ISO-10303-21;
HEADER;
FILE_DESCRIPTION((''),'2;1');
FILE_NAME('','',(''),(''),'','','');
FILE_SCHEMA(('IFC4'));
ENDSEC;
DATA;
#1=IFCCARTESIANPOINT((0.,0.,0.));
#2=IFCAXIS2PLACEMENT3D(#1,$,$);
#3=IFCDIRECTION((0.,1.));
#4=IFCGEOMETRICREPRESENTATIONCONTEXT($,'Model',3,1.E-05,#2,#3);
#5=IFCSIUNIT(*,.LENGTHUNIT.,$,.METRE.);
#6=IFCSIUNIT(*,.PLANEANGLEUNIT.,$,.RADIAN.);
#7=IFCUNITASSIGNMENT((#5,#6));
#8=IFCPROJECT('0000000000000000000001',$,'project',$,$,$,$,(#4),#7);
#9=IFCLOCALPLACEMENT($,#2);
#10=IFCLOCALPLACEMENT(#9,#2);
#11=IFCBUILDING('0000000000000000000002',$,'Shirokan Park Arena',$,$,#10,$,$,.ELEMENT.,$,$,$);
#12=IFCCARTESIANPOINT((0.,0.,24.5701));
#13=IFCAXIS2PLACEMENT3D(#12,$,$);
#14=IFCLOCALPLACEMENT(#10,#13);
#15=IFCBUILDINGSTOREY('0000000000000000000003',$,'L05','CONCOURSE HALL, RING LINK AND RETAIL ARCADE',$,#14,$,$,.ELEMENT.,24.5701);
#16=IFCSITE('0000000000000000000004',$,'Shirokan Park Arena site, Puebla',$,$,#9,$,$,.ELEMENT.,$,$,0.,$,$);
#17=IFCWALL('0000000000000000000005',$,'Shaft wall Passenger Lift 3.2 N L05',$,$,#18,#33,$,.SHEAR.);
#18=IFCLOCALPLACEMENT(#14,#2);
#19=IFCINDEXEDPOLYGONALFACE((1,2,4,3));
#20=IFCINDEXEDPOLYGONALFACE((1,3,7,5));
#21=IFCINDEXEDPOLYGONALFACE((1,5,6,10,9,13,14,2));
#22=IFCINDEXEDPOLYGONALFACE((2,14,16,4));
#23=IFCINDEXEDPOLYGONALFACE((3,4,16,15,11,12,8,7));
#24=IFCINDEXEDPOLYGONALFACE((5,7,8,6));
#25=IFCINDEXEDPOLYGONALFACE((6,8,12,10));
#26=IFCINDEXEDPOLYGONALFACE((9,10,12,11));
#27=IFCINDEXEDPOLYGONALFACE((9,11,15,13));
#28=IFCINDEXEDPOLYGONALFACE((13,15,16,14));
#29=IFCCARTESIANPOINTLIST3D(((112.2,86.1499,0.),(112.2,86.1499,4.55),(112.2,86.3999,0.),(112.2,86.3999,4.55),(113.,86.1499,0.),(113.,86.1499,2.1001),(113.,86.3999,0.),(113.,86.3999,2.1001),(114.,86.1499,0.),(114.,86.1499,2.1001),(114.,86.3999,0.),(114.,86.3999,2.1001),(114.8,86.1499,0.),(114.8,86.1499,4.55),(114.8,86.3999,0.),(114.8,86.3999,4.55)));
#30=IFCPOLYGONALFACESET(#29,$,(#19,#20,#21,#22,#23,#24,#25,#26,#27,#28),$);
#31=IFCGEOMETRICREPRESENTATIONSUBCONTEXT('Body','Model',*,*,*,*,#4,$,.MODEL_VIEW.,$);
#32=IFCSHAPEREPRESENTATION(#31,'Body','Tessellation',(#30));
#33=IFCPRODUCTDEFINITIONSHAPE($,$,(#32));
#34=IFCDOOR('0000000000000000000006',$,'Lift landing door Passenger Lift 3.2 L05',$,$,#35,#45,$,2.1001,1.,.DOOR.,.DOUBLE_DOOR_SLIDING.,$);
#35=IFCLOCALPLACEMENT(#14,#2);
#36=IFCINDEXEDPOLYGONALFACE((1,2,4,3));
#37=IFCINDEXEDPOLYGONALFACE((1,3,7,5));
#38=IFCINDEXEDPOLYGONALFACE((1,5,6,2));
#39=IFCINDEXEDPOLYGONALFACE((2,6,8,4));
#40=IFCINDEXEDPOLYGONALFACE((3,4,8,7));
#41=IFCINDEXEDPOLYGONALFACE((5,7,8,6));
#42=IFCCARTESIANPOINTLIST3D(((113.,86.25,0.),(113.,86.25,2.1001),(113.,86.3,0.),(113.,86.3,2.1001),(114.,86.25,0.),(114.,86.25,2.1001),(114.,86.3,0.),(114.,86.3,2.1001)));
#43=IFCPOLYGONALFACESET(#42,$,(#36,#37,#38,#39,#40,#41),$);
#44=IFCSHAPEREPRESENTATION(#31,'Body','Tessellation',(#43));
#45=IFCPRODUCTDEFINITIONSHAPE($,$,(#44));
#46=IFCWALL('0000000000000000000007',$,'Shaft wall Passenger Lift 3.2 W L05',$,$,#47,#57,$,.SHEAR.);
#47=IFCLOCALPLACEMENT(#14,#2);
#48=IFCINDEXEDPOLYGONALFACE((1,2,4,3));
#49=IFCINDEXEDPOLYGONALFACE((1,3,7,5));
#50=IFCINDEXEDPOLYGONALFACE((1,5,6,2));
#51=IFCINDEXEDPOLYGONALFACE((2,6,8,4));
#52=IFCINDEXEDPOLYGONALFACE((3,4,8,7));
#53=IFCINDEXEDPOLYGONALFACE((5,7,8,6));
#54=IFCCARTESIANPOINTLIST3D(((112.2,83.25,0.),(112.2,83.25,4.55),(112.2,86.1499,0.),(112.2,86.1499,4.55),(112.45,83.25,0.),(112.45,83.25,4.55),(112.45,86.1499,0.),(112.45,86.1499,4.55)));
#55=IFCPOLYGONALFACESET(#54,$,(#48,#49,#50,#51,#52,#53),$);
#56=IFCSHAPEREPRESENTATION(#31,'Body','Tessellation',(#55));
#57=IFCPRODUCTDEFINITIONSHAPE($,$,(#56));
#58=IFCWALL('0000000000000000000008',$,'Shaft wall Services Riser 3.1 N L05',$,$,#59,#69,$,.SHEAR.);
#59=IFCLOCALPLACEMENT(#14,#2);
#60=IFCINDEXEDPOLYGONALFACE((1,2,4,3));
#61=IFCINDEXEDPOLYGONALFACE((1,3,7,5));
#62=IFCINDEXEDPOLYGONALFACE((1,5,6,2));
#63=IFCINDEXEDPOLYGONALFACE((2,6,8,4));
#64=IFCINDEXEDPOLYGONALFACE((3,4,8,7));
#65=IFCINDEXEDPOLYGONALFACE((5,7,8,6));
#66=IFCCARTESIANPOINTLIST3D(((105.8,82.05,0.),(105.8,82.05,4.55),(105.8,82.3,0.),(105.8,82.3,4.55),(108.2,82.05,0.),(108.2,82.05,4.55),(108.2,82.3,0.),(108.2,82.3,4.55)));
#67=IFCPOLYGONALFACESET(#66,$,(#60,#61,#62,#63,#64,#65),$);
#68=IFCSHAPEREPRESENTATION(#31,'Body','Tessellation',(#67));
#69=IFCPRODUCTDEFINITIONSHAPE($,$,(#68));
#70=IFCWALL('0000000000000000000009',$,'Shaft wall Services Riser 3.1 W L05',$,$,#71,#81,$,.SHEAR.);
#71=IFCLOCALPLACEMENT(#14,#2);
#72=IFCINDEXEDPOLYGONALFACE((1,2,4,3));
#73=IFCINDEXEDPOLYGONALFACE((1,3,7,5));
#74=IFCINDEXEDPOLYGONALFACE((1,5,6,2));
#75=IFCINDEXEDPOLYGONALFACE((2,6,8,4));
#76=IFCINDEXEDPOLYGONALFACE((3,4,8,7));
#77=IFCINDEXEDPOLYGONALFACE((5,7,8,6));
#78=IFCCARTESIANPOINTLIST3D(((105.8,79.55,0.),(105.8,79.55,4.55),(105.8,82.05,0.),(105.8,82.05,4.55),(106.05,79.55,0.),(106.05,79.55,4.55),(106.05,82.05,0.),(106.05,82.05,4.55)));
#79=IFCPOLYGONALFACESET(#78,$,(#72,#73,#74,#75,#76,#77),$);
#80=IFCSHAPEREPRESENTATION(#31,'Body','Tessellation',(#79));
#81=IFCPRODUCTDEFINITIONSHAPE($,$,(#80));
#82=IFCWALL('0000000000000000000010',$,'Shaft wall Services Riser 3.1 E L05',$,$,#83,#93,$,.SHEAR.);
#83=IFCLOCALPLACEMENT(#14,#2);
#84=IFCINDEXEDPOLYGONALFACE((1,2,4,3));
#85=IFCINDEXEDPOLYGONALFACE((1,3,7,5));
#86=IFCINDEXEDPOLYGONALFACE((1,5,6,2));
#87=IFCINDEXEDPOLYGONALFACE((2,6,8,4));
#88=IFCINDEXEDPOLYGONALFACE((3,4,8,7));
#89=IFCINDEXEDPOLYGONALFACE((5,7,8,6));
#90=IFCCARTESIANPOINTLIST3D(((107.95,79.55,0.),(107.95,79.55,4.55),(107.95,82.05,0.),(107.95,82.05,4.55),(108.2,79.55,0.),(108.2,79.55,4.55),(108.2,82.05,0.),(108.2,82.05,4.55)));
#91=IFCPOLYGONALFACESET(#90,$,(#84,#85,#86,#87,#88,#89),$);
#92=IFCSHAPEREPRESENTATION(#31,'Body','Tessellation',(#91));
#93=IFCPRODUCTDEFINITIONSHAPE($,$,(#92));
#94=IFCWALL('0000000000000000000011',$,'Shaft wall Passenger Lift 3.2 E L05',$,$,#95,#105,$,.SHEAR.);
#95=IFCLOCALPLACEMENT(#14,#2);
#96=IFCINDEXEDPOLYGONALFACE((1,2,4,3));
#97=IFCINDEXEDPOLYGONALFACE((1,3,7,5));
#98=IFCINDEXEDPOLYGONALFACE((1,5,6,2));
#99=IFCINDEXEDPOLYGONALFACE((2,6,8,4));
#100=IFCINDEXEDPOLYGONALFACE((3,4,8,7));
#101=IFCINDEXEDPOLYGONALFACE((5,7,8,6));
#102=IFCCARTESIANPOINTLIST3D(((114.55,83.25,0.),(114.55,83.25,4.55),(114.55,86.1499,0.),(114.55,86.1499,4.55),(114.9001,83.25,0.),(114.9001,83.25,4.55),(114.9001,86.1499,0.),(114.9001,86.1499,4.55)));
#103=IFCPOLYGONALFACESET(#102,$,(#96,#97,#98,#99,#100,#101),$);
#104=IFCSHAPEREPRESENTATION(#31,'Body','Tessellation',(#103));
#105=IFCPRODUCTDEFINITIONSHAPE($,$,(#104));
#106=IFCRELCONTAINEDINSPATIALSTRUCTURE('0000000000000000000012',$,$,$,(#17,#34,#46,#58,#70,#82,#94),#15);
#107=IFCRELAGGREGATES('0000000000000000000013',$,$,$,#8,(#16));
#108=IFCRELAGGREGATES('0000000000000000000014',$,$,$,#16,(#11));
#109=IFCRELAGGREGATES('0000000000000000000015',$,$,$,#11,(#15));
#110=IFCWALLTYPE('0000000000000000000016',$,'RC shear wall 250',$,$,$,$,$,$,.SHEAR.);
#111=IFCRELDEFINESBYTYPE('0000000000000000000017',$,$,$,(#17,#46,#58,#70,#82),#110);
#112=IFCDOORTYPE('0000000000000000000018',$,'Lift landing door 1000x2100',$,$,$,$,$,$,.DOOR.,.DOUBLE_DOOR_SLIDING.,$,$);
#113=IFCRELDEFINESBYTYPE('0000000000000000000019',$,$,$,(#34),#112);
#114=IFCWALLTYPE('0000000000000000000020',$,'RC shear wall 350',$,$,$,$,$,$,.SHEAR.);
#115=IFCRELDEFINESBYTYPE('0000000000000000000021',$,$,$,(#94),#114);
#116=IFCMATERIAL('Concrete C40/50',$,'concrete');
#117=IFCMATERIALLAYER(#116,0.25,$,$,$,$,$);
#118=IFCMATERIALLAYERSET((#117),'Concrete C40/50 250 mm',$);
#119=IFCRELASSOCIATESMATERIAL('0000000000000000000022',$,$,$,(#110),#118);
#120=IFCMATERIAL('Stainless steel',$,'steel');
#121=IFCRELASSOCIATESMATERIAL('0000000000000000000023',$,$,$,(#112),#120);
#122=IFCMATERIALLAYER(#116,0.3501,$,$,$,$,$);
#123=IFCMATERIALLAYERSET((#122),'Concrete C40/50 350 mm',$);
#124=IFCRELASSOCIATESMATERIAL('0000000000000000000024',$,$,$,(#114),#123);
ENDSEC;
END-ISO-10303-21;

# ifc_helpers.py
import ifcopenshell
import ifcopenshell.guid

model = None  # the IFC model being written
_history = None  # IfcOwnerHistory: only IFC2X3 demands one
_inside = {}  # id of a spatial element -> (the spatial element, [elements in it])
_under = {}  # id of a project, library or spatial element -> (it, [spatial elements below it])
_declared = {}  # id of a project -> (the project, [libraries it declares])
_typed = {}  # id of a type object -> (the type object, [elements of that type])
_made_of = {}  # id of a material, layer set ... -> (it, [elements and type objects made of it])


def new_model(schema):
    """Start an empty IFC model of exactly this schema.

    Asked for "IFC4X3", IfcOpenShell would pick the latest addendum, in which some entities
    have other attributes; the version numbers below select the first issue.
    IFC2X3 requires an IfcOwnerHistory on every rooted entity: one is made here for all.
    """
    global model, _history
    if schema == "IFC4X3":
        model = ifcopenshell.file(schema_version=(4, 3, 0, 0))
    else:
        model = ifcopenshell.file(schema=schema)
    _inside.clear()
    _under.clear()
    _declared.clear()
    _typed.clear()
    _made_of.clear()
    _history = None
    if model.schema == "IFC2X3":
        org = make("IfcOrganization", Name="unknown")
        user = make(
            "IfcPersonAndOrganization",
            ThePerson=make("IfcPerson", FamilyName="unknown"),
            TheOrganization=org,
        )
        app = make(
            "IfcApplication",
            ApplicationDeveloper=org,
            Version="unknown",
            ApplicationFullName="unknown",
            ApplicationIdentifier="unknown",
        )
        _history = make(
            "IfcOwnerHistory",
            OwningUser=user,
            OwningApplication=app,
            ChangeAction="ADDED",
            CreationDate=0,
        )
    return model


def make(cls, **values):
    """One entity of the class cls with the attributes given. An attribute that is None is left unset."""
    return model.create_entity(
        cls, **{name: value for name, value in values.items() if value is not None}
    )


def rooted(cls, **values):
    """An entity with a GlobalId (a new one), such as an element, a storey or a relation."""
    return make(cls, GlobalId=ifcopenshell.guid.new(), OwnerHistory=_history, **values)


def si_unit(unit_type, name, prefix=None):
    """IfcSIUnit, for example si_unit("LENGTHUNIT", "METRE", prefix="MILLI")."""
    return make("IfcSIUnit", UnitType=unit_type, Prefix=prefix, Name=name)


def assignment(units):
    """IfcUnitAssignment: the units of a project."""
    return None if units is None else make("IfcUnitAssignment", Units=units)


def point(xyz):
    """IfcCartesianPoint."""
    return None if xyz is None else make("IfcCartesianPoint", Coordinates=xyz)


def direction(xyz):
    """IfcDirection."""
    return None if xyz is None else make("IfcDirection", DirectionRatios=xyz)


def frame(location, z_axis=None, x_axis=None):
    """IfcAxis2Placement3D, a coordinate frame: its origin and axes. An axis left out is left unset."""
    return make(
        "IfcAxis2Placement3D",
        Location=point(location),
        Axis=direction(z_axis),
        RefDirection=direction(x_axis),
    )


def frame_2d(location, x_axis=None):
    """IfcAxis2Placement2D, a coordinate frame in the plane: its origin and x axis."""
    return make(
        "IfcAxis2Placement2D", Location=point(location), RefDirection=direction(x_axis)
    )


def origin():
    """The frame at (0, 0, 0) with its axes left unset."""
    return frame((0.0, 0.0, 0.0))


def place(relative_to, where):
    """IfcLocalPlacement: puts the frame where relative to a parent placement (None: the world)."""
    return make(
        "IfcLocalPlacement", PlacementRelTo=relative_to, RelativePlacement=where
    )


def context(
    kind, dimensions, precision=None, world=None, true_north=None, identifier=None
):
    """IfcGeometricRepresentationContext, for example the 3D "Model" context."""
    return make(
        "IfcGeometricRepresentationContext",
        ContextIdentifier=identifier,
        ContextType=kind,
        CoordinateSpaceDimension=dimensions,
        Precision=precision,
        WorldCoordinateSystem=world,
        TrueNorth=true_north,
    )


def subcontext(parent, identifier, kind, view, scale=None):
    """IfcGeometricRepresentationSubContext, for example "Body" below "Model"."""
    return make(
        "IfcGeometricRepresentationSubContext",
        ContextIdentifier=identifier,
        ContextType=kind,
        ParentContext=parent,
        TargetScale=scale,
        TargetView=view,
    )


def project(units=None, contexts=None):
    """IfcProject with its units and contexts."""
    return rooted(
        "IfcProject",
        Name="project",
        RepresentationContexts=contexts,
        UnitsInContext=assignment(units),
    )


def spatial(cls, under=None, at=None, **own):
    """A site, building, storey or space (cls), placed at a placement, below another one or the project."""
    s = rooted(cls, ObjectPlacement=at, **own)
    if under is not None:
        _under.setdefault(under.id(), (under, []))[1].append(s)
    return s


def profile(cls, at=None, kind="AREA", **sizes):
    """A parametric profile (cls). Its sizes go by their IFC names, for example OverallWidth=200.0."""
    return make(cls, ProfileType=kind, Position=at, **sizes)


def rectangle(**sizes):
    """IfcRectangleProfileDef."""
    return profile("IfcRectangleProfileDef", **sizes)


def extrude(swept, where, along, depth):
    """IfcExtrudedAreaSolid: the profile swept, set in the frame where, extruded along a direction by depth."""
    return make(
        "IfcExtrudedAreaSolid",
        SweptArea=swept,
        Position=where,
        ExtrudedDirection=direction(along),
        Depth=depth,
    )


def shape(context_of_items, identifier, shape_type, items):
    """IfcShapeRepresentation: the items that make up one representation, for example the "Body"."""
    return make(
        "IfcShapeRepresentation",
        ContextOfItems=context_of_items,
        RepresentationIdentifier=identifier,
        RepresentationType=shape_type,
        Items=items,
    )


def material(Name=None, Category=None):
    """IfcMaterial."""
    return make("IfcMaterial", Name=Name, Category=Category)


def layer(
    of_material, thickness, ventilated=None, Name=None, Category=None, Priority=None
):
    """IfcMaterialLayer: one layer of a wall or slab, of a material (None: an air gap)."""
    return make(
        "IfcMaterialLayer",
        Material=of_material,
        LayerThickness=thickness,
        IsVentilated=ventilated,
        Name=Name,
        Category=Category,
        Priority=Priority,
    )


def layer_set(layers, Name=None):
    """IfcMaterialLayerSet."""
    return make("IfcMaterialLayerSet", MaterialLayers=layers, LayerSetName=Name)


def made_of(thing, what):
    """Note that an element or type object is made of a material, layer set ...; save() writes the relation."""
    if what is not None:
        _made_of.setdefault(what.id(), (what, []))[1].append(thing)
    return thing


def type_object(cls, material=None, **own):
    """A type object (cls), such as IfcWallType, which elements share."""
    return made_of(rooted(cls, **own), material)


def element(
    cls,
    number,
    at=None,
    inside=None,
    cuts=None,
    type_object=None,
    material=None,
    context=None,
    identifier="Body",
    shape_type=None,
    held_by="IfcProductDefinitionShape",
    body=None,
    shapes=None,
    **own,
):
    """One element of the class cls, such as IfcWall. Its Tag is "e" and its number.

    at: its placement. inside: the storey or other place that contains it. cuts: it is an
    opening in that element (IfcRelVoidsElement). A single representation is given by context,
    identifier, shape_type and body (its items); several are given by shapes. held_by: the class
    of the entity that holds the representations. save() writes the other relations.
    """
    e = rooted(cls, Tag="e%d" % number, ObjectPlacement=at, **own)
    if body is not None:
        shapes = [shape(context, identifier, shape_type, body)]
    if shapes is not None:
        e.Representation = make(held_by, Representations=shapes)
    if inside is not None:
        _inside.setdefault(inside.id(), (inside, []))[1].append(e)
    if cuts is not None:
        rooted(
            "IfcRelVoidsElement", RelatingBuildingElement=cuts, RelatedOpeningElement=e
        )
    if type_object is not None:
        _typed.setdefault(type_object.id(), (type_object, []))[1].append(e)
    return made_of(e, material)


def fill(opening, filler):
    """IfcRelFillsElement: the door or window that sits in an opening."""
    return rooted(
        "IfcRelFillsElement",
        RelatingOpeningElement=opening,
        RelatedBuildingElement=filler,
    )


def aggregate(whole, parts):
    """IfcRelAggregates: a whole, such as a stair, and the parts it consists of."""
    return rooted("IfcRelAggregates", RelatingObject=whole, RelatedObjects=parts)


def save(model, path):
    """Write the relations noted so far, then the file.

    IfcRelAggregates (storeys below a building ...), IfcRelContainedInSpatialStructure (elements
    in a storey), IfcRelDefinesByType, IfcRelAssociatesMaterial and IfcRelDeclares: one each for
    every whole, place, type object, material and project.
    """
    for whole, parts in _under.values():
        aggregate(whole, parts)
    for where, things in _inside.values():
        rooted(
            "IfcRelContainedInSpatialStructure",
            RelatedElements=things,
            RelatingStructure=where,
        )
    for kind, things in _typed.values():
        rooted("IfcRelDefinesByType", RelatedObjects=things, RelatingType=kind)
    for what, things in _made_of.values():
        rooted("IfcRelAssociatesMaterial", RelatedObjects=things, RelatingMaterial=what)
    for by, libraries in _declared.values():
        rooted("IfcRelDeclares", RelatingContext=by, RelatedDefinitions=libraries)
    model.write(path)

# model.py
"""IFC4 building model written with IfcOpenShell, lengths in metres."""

from ifc_helpers import new_model, si_unit, direction, frame, frame_2d, origin, place, context, subcontext, project, spatial, rectangle, extrude, material, layer, layer_set, type_object, element, fill, save


model = new_model("IFC4")

# Units and contexts
model_context = context("Model", 3, precision=1e-05, world=origin(), true_north=direction((0.0, 1.0)))
body_context = subcontext(model_context, "Body", "Model", "MODEL_VIEW")
ifc_project = project(units=[si_unit("LENGTHUNIT", "METRE"), si_unit("PLANEANGLEUNIT", "RADIAN")], contexts=[model_context])

# Site, building, storey
site_placement = place(None, origin())
site = spatial("IfcSite", under=ifc_project, at=site_placement, Name="Shirokan Park Arena site, Puebla", CompositionType="ELEMENT", RefElevation=0.0)
building_placement = place(site_placement, origin())
building = spatial("IfcBuilding", under=site, at=building_placement, Name="Shirokan Park Arena", CompositionType="ELEMENT")
storey_placement = place(building_placement, frame((0.0, 0.0, 24.5701)))
storey = spatial("IfcBuildingStorey", under=building, at=storey_placement, Name="L05", Description="CONCOURSE HALL, RING LINK AND RETAIL ARCADE", CompositionType="ELEMENT", Elevation=24.5701)

# Shared definitions
ifc_material_1 = material(Name="Concrete C40/50", Category="concrete")
ifc_layer_1 = layer(ifc_material_1, 0.25)
ifc_layer_set_1 = layer_set([ifc_layer_1], Name="Concrete C40/50 250 mm")
wall_type_1 = type_object("IfcWallType", Name="RC shear wall 250", PredefinedType="SHEAR", material=ifc_layer_set_1)

# Shared definitions
ifc_material_2 = material(Name="Stainless steel", Category="steel")
door_type_1 = type_object("IfcDoorType", Name="Lift landing door 1000x2100", OperationType="DOUBLE_DOOR_SLIDING", PredefinedType="DOOR", material=ifc_material_2)

# Wall, opening, door
wall_1_placement = place(storey_placement, frame((114.8, 86.2749, 0.0), z_axis=(0.0, 0.0, 1.0), x_axis=(-1.0, 0.0, 0.0)))
wall_1 = element("IfcWall", 1, at=wall_1_placement, inside=storey, type_object=wall_type_1, Name="Shaft wall Passenger Lift 3.2 N L05", PredefinedType="SHEAR", context=body_context, shape_type="SweptSolid", body=[
    extrude(rectangle(XDim=2.6001, YDim=0.25, at=frame_2d((1.3, 0.0))), origin(), (0.0, 0.0, 1.0), 4.55),
])
opening_1_placement = place(wall_1_placement, frame((0.8, 0.0, 0.0)))
opening_1 = element("IfcOpeningElement", 2, at=opening_1_placement, cuts=wall_1, PredefinedType="OPENING", context=body_context, shape_type="SweptSolid", body=[
    extrude(rectangle(XDim=1.0, YDim=2.1001, at=frame_2d((0.5, 1.05))), frame((0.0, 0.135, 0.0), z_axis=(0.0, -1.0, 0.0), x_axis=(1.0, 0.0, 0.0)), (0.0, 0.0, 1.0), 0.27),
])
door_1_placement = place(opening_1_placement, origin())
door_1 = element("IfcDoor", 3, at=door_1_placement, inside=storey, type_object=door_type_1, Name="Lift landing door Passenger Lift 3.2 L05", OperationType="DOUBLE_DOOR_SLIDING", OverallHeight=2.1001, OverallWidth=1.0, PredefinedType="DOOR", context=body_context, shape_type="SweptSolid", body=[
    extrude(rectangle(XDim=1.0, YDim=2.1001, at=frame_2d((0.5, 1.05))), frame((0.0, 0.0249, 0.0), z_axis=(0.0, -1.0, 0.0), x_axis=(1.0, 0.0, 0.0)), (0.0, 0.0, 1.0), 0.05),
])
fill(opening_1, door_1)

# Walls
wall_2_placement = place(storey_placement, frame((112.325, 86.1499, 0.0), z_axis=(0.0, 0.0, 1.0), x_axis=(0.0, -1.0, 0.0)))
element("IfcWall", 4, at=wall_2_placement, inside=storey, type_object=wall_type_1, Name="Shaft wall Passenger Lift 3.2 W L05", PredefinedType="SHEAR", context=body_context, shape_type="SweptSolid", body=[
    extrude(rectangle(XDim=2.8999, YDim=0.25, at=frame_2d((1.45, 0.0))), origin(), (0.0, 0.0, 1.0), 4.55),
])
wall_3_placement = place(storey_placement, frame((108.2, 82.175, 0.0), z_axis=(0.0, 0.0, 1.0), x_axis=(-1.0, 0.0, 0.0)))
element("IfcWall", 5, at=wall_3_placement, inside=storey, type_object=wall_type_1, Name="Shaft wall Services Riser 3.1 N L05", PredefinedType="SHEAR", context=body_context, shape_type="SweptSolid", body=[
    extrude(rectangle(XDim=2.3999, YDim=0.25, at=frame_2d((1.2, 0.0))), origin(), (0.0, 0.0, 1.0), 4.55),
])
for number, where, z_axis, x_axis, name in (
    (6, (105.925, 82.05, 0.0), (0.0, 0.0, 1.0), (0.0, -1.0, 0.0), "Shaft wall Services Riser 3.1 W L05"),
    (7, (108.075, 82.05, 0.0), (0.0, 0.0, 1.0), (0.0, -1.0, 0.0), "Shaft wall Services Riser 3.1 E L05"),
):
    element("IfcWall", number, at=place(storey_placement, frame(where, z_axis=z_axis, x_axis=x_axis)), inside=storey, type_object=wall_type_1, Name=name, PredefinedType="SHEAR", context=body_context, shape_type="SweptSolid", body=[
        extrude(rectangle(XDim=2.5, YDim=0.25, at=frame_2d((1.25, 0.0))), origin(), (0.0, 0.0, 1.0), 4.55),
    ])
ifc_layer_2 = layer(ifc_material_1, 0.3501)
ifc_layer_set_2 = layer_set([ifc_layer_2], Name="Concrete C40/50 350 mm")
wall_type_2 = type_object("IfcWallType", Name="RC shear wall 350", PredefinedType="SHEAR", material=ifc_layer_set_2)
wall_4_placement = place(storey_placement, frame((114.7251, 86.1499, 0.0), z_axis=(0.0, 0.0, 1.0), x_axis=(0.0, -1.0, 0.0)))
element("IfcWall", 8, at=wall_4_placement, inside=storey, type_object=wall_type_2, Name="Shaft wall Passenger Lift 3.2 E L05", PredefinedType="SHEAR", context=body_context, shape_type="SweptSolid", body=[
    extrude(rectangle(XDim=2.8999, YDim=0.3501, at=frame_2d((1.45, 0.0))), origin(), (0.0, 0.0, 1.0), 4.55),
])

save(model, "model.ifc")
